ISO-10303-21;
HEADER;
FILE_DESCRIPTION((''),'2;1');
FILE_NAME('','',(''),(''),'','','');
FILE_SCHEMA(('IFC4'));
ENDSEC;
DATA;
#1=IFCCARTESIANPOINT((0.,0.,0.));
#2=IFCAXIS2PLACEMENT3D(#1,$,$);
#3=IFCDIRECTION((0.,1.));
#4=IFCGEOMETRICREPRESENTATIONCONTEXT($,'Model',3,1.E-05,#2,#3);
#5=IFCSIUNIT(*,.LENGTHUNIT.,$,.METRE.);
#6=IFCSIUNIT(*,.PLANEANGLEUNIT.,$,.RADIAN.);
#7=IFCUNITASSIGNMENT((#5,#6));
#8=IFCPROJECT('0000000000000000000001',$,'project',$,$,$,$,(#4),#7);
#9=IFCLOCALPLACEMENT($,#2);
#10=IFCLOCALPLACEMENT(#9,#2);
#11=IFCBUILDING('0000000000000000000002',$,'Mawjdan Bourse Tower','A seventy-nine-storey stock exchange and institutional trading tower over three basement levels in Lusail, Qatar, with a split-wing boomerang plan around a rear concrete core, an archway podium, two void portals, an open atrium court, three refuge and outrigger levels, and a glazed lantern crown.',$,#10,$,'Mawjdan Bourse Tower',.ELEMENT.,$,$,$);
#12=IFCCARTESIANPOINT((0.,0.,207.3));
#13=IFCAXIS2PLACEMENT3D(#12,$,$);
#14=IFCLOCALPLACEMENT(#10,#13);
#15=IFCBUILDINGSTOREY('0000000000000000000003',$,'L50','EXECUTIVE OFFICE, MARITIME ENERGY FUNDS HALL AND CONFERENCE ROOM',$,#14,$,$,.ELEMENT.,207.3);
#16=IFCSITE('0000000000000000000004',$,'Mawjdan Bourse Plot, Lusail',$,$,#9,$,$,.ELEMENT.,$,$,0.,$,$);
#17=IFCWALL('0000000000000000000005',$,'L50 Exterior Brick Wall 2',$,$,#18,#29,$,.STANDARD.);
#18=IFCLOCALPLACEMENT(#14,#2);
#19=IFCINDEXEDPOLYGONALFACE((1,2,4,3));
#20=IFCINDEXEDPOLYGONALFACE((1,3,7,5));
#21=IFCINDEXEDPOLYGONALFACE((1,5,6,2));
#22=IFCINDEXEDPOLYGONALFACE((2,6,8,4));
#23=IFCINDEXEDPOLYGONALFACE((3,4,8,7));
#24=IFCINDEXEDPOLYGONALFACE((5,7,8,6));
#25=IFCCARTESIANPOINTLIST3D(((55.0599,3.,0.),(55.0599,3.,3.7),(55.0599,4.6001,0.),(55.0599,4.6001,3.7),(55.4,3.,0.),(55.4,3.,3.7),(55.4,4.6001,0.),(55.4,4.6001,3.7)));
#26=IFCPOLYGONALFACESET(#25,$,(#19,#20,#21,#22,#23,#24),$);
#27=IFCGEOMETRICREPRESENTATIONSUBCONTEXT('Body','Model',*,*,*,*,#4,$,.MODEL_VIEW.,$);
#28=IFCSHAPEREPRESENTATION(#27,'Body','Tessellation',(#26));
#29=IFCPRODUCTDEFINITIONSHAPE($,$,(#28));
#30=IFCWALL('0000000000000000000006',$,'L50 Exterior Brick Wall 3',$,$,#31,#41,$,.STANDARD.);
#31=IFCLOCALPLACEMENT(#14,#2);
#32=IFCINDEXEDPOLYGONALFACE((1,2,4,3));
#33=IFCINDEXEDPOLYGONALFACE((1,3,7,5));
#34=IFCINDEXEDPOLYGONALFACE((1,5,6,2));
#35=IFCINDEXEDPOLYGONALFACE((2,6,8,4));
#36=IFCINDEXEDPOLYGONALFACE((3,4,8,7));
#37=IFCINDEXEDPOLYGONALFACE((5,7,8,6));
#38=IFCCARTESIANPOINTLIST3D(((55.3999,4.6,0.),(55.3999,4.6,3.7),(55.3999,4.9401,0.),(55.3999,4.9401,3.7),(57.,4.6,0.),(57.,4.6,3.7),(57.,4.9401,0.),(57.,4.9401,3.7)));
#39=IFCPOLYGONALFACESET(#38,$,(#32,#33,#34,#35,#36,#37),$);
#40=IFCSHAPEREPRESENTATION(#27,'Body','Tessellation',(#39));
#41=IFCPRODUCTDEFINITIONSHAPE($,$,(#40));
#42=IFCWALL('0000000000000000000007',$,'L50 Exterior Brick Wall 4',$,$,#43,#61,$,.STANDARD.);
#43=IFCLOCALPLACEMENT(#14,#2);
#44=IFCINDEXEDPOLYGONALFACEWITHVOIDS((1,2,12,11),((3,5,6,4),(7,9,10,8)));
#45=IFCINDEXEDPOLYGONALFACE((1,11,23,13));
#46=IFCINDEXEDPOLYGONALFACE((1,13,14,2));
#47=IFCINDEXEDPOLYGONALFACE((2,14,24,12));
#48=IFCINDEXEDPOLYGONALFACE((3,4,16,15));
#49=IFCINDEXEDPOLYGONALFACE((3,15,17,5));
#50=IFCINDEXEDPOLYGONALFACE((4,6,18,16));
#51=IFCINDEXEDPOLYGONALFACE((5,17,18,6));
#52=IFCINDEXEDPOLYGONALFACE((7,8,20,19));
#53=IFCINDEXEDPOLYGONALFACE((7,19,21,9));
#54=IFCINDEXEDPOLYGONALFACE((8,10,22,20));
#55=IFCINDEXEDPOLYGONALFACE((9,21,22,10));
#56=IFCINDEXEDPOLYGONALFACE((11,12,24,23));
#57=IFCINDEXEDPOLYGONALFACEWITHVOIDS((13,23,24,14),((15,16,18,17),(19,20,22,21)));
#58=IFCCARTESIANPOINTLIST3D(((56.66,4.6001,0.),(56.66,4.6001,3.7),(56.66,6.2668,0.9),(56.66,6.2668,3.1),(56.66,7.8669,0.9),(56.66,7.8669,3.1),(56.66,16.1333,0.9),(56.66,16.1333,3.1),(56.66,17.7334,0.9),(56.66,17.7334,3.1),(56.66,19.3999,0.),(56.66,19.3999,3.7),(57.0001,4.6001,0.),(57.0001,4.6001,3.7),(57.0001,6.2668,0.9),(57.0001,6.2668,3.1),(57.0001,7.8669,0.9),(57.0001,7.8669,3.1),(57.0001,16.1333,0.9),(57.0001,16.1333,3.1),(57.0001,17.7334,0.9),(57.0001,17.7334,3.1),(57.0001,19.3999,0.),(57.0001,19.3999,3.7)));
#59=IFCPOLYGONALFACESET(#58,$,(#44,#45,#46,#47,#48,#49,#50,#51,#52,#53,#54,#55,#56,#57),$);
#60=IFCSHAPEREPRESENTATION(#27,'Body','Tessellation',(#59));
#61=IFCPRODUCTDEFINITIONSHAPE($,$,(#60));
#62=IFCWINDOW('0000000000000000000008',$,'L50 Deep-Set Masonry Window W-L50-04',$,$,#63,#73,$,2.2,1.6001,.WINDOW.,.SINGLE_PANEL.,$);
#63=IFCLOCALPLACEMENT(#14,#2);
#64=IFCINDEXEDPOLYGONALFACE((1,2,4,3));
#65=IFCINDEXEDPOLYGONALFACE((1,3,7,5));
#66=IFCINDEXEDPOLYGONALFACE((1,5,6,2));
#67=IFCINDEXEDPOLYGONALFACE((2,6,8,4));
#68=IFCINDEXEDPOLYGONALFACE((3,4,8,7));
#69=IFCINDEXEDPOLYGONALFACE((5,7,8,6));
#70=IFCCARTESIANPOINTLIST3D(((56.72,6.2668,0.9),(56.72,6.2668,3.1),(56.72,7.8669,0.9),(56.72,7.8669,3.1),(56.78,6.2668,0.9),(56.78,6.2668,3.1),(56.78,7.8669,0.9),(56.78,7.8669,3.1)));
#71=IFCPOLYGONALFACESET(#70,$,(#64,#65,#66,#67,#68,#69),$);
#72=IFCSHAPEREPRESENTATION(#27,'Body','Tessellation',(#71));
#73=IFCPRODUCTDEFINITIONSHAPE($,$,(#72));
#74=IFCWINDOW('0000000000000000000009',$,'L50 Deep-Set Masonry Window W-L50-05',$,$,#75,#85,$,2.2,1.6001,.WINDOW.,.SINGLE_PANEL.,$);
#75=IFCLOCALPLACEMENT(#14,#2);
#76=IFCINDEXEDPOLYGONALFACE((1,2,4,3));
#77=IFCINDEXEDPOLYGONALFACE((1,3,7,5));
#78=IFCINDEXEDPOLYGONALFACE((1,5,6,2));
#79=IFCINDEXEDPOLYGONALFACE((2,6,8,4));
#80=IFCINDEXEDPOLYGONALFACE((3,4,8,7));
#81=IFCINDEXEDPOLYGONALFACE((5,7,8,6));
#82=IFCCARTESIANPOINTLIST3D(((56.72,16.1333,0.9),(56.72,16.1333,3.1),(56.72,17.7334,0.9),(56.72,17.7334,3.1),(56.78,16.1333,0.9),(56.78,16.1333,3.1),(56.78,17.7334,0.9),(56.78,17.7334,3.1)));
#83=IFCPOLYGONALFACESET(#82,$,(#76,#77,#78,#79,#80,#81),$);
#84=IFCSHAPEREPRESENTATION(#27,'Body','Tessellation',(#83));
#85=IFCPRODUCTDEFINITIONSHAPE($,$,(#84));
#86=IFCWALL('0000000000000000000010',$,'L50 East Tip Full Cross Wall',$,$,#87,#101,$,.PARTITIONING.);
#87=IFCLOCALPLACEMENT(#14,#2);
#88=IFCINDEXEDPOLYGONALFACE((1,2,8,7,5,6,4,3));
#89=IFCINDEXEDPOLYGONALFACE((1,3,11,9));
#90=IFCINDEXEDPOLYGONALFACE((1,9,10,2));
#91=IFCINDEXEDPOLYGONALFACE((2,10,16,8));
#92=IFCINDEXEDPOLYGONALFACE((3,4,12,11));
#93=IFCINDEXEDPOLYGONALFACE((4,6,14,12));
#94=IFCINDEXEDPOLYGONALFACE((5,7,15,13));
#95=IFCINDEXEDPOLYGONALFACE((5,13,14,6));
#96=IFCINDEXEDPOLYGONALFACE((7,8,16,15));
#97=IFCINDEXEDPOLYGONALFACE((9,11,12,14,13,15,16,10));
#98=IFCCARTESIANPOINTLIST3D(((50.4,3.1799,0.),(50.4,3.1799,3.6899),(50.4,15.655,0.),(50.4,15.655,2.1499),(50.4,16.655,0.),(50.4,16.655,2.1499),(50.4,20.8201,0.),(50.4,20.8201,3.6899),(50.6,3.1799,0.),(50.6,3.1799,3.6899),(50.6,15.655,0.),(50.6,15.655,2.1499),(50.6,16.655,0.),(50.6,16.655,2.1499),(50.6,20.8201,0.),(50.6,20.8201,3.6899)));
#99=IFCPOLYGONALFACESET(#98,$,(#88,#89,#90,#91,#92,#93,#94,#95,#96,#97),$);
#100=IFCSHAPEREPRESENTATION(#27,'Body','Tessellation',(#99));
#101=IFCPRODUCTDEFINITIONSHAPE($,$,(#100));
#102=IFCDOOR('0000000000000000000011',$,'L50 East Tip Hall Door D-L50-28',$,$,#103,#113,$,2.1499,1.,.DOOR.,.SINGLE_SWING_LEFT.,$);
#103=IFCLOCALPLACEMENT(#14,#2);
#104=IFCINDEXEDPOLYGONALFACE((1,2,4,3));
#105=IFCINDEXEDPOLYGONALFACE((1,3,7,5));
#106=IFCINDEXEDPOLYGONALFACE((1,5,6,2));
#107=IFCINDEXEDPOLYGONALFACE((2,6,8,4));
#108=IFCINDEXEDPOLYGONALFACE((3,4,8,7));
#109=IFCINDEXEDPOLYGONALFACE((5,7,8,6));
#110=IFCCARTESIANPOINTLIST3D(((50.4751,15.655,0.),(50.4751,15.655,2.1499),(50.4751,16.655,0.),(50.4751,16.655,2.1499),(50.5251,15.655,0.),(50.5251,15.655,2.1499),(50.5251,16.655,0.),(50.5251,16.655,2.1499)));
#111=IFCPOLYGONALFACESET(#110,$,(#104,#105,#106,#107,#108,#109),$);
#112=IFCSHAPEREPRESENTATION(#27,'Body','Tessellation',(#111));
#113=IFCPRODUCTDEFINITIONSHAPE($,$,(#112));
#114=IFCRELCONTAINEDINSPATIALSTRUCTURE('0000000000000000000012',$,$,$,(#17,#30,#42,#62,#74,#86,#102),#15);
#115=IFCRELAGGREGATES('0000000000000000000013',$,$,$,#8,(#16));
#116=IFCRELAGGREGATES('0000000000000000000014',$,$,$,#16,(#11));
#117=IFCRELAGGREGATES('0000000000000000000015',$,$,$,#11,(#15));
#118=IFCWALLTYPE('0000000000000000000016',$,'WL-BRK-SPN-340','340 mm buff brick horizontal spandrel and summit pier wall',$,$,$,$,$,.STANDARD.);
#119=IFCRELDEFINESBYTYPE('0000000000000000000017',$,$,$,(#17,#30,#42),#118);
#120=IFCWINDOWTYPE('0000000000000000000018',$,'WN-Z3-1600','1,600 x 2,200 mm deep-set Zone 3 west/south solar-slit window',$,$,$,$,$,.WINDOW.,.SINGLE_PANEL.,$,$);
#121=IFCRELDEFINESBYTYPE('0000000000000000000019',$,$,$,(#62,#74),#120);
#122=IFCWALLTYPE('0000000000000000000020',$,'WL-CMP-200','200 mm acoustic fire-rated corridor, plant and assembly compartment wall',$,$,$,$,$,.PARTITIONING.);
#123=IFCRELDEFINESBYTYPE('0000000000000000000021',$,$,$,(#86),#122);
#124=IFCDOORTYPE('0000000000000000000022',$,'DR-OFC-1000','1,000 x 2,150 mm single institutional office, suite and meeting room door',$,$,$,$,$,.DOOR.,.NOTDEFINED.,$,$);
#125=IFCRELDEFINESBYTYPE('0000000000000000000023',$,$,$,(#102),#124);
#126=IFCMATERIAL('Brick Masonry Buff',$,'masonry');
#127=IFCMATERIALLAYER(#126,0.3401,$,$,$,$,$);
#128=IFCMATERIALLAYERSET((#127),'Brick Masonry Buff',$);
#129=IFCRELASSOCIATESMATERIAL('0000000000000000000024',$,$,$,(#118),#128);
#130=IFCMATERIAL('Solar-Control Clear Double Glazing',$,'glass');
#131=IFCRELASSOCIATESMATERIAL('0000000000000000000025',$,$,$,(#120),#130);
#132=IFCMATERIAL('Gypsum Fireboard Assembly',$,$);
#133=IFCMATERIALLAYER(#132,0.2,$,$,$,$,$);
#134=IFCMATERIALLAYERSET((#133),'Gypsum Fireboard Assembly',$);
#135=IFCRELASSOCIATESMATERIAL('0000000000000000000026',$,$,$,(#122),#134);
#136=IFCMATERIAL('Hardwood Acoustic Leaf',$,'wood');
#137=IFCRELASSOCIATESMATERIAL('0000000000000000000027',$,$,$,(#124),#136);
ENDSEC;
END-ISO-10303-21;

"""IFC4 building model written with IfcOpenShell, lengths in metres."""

from ifc_helpers import new_model, si_unit, direction, frame, frame_2d, origin, place, context, subcontext, project, spatial, rectangle, extrude, material, layer, layer_set, type_object, element, fill, save


model = new_model("IFC4")

# Units and contexts
model_context = context("Model", 3, precision=1e-05, world=origin(), true_north=direction((0.0, 1.0)))
body_context = subcontext(model_context, "Body", "Model", "MODEL_VIEW")
ifc_project = project(units=[si_unit("LENGTHUNIT", "METRE"), si_unit("PLANEANGLEUNIT", "RADIAN")], contexts=[model_context])

# Site, building, storey
site_placement = place(None, origin())
site = spatial("IfcSite", under=ifc_project, at=site_placement, Name="Mawjdan Bourse Plot, Lusail", CompositionType="ELEMENT", RefElevation=0.0)
building_placement = place(site_placement, origin())
building = spatial("IfcBuilding", under=site, at=building_placement, Name="Mawjdan Bourse Tower", Description="A seventy-nine-storey stock exchange and institutional trading tower over three basement levels in Lusail, Qatar, with a split-wing boomerang plan around a rear concrete core, an archway podium, two void portals, an open atrium court, three refuge and outrigger levels, and a glazed lantern crown.", LongName="Mawjdan Bourse Tower", CompositionType="ELEMENT")
storey_placement = place(building_placement, frame((0.0, 0.0, 207.3)))
storey = spatial("IfcBuildingStorey", under=building, at=storey_placement, Name="L50", Description="EXECUTIVE OFFICE, MARITIME ENERGY FUNDS HALL AND CONFERENCE ROOM", CompositionType="ELEMENT", Elevation=207.3)

# Walls
ifc_material_1 = material(Name="Brick Masonry Buff", Category="masonry")
ifc_layer_1 = layer(ifc_material_1, 0.3401)
ifc_layer_set_1 = layer_set([ifc_layer_1], Name="Brick Masonry Buff")
wall_type_1 = type_object("IfcWallType", Name="WL-BRK-SPN-340", Description="340 mm buff brick horizontal spandrel and summit pier wall", PredefinedType="STANDARD", material=ifc_layer_set_1)
for number, where, z_axis, x_axis, name in (
    (1, (55.23, 3.0, 0.0), (0.0, 0.0, 1.0), (0.0, 1.0, 0.0), "L50 Exterior Brick Wall 2"),
    (2, (55.3999, 4.77, 0.0), (0.0, 0.0, 1.0), (1.0, 0.0, 0.0), "L50 Exterior Brick Wall 3"),
):
    element("IfcWall", number, at=place(storey_placement, frame(where, z_axis=z_axis, x_axis=x_axis)), inside=storey, type_object=wall_type_1, Name=name, PredefinedType="STANDARD", context=body_context, shape_type="SweptSolid", body=[
        extrude(rectangle(XDim=1.6001, YDim=0.3401, at=frame_2d((0.8, 0.0))), origin(), (0.0, 0.0, 1.0), 3.7),
    ])

# Wall, openings, windows
wall_1_placement = place(storey_placement, frame((56.8301, 4.6001, 0.0), z_axis=(0.0, 0.0, 1.0), x_axis=(0.0, 1.0, 0.0)))
wall_1 = element("IfcWall", 3, at=wall_1_placement, inside=storey, type_object=wall_type_1, Name="L50 Exterior Brick Wall 4", PredefinedType="STANDARD", context=body_context, shape_type="SweptSolid", body=[
    extrude(rectangle(XDim=14.7998, YDim=0.3401, at=frame_2d((7.3999, 0.0))), origin(), (0.0, 0.0, 1.0), 3.7),
])
opening_1_placement = place(wall_1_placement, frame((1.6667, 0.0, 0.8999)))
opening_1 = element("IfcOpeningElement", 4, at=opening_1_placement, cuts=wall_1, PredefinedType="OPENING", context=body_context, shape_type="SweptSolid", body=[
    extrude(rectangle(XDim=1.6001, YDim=2.2, at=frame_2d((0.8, 1.1001))), frame((0.0, 0.1802, 0.0), z_axis=(0.0, -1.0, 0.0), x_axis=(1.0, 0.0, 0.0)), (0.0, 0.0, 1.0), 0.3601),
])
opening_2_placement = place(wall_1_placement, frame((11.5332, 0.0, 0.8999)))
opening_2 = element("IfcOpeningElement", 5, at=opening_2_placement, cuts=wall_1, PredefinedType="OPENING", context=body_context, shape_type="SweptSolid", body=[
    extrude(rectangle(XDim=1.6001, YDim=2.2, at=frame_2d((0.8, 1.1001))), frame((0.0, 0.1802, 0.0), z_axis=(0.0, -1.0, 0.0), x_axis=(1.0, 0.0, 0.0)), (0.0, 0.0, 1.0), 0.3601),
])
ifc_material_2 = material(Name="Solar-Control Clear Double Glazing", Category="glass")
window_type = type_object("IfcWindowType", Name="WN-Z3-1600", Description="1,600 x 2,200 mm deep-set Zone 3 west/south solar-slit window", PartitioningType="SINGLE_PANEL", PredefinedType="WINDOW", material=ifc_material_2)
window_1_placement = place(opening_1_placement, origin())
window_1 = element("IfcWindow", 6, at=window_1_placement, inside=storey, type_object=window_type, Name="L50 Deep-Set Masonry Window W-L50-04", OverallHeight=2.2, OverallWidth=1.6001, PartitioningType="SINGLE_PANEL", PredefinedType="WINDOW", context=body_context, shape_type="SweptSolid", body=[
    extrude(rectangle(XDim=1.6001, YDim=2.2, at=frame_2d((0.8, 1.1001))), frame((0.0, 0.1101, 0.0), z_axis=(0.0, -1.0, 0.0), x_axis=(1.0, 0.0, 0.0)), (0.0, 0.0, 1.0), 0.0601),
])
fill(opening_1, window_1)
window_2_placement = place(opening_2_placement, origin())
window_2 = element("IfcWindow", 7, at=window_2_placement, inside=storey, type_object=window_type, Name="L50 Deep-Set Masonry Window W-L50-05", OverallHeight=2.2, OverallWidth=1.6001, PartitioningType="SINGLE_PANEL", PredefinedType="WINDOW", context=body_context, shape_type="SweptSolid", body=[
    extrude(rectangle(XDim=1.6001, YDim=2.2, at=frame_2d((0.8, 1.1001))), frame((0.0, 0.1101, 0.0), z_axis=(0.0, -1.0, 0.0), x_axis=(1.0, 0.0, 0.0)), (0.0, 0.0, 1.0), 0.0601),
])
fill(opening_2, window_2)

# Wall, opening, door
ifc_material_3 = material(Name="Gypsum Fireboard Assembly")
ifc_layer_2 = layer(ifc_material_3, 0.2)
ifc_layer_set_2 = layer_set([ifc_layer_2], Name="Gypsum Fireboard Assembly")
wall_type_2 = type_object("IfcWallType", Name="WL-CMP-200", Description="200 mm acoustic fire-rated corridor, plant and assembly compartment wall", PredefinedType="PARTITIONING", material=ifc_layer_set_2)
wall_2_placement = place(storey_placement, frame((50.5, 3.1799, 0.0), z_axis=(0.0, 0.0, 1.0), x_axis=(0.0, 1.0, 0.0)))
wall_2 = element("IfcWall", 8, at=wall_2_placement, inside=storey, type_object=wall_type_2, Name="L50 East Tip Full Cross Wall", PredefinedType="PARTITIONING", context=body_context, shape_type="SweptSolid", body=[
    extrude(rectangle(XDim=17.6401, YDim=0.2, at=frame_2d((8.8201, 0.0))), origin(), (0.0, 0.0, 1.0), 3.6899),
])
opening_3_placement = place(wall_2_placement, frame((12.4751, 0.0, 0.0)))
opening_3 = element("IfcOpeningElement", 9, at=opening_3_placement, cuts=wall_2, PredefinedType="OPENING", context=body_context, shape_type="SweptSolid", body=[
    extrude(rectangle(XDim=1.0, YDim=2.1499, at=frame_2d((0.5, 1.075))), frame((0.0, 0.1099, 0.0), z_axis=(0.0, -1.0, 0.0), x_axis=(1.0, 0.0, 0.0)), (0.0, 0.0, 1.0), 0.22),
])
ifc_material_4 = material(Name="Hardwood Acoustic Leaf", Category="wood")
door_type = type_object("IfcDoorType", Name="DR-OFC-1000", Description="1,000 x 2,150 mm single institutional office, suite and meeting room door", OperationType="NOTDEFINED", PredefinedType="DOOR", material=ifc_material_4)
door_placement = place(opening_3_placement, origin())
door = element("IfcDoor", 10, at=door_placement, inside=storey, type_object=door_type, Name="L50 East Tip Hall Door D-L50-28", OperationType="SINGLE_SWING_LEFT", OverallHeight=2.1499, OverallWidth=1.0, PredefinedType="DOOR", context=body_context, shape_type="SweptSolid", body=[
    extrude(rectangle(XDim=1.0, YDim=2.1499, at=frame_2d((0.5, 1.075))), frame((0.0, 0.0249, 0.0), z_axis=(0.0, -1.0, 0.0), x_axis=(1.0, 0.0, 0.0)), (0.0, 0.0, 1.0), 0.05),
])
fill(opening_3, door)

save(model, "model.ifc")
